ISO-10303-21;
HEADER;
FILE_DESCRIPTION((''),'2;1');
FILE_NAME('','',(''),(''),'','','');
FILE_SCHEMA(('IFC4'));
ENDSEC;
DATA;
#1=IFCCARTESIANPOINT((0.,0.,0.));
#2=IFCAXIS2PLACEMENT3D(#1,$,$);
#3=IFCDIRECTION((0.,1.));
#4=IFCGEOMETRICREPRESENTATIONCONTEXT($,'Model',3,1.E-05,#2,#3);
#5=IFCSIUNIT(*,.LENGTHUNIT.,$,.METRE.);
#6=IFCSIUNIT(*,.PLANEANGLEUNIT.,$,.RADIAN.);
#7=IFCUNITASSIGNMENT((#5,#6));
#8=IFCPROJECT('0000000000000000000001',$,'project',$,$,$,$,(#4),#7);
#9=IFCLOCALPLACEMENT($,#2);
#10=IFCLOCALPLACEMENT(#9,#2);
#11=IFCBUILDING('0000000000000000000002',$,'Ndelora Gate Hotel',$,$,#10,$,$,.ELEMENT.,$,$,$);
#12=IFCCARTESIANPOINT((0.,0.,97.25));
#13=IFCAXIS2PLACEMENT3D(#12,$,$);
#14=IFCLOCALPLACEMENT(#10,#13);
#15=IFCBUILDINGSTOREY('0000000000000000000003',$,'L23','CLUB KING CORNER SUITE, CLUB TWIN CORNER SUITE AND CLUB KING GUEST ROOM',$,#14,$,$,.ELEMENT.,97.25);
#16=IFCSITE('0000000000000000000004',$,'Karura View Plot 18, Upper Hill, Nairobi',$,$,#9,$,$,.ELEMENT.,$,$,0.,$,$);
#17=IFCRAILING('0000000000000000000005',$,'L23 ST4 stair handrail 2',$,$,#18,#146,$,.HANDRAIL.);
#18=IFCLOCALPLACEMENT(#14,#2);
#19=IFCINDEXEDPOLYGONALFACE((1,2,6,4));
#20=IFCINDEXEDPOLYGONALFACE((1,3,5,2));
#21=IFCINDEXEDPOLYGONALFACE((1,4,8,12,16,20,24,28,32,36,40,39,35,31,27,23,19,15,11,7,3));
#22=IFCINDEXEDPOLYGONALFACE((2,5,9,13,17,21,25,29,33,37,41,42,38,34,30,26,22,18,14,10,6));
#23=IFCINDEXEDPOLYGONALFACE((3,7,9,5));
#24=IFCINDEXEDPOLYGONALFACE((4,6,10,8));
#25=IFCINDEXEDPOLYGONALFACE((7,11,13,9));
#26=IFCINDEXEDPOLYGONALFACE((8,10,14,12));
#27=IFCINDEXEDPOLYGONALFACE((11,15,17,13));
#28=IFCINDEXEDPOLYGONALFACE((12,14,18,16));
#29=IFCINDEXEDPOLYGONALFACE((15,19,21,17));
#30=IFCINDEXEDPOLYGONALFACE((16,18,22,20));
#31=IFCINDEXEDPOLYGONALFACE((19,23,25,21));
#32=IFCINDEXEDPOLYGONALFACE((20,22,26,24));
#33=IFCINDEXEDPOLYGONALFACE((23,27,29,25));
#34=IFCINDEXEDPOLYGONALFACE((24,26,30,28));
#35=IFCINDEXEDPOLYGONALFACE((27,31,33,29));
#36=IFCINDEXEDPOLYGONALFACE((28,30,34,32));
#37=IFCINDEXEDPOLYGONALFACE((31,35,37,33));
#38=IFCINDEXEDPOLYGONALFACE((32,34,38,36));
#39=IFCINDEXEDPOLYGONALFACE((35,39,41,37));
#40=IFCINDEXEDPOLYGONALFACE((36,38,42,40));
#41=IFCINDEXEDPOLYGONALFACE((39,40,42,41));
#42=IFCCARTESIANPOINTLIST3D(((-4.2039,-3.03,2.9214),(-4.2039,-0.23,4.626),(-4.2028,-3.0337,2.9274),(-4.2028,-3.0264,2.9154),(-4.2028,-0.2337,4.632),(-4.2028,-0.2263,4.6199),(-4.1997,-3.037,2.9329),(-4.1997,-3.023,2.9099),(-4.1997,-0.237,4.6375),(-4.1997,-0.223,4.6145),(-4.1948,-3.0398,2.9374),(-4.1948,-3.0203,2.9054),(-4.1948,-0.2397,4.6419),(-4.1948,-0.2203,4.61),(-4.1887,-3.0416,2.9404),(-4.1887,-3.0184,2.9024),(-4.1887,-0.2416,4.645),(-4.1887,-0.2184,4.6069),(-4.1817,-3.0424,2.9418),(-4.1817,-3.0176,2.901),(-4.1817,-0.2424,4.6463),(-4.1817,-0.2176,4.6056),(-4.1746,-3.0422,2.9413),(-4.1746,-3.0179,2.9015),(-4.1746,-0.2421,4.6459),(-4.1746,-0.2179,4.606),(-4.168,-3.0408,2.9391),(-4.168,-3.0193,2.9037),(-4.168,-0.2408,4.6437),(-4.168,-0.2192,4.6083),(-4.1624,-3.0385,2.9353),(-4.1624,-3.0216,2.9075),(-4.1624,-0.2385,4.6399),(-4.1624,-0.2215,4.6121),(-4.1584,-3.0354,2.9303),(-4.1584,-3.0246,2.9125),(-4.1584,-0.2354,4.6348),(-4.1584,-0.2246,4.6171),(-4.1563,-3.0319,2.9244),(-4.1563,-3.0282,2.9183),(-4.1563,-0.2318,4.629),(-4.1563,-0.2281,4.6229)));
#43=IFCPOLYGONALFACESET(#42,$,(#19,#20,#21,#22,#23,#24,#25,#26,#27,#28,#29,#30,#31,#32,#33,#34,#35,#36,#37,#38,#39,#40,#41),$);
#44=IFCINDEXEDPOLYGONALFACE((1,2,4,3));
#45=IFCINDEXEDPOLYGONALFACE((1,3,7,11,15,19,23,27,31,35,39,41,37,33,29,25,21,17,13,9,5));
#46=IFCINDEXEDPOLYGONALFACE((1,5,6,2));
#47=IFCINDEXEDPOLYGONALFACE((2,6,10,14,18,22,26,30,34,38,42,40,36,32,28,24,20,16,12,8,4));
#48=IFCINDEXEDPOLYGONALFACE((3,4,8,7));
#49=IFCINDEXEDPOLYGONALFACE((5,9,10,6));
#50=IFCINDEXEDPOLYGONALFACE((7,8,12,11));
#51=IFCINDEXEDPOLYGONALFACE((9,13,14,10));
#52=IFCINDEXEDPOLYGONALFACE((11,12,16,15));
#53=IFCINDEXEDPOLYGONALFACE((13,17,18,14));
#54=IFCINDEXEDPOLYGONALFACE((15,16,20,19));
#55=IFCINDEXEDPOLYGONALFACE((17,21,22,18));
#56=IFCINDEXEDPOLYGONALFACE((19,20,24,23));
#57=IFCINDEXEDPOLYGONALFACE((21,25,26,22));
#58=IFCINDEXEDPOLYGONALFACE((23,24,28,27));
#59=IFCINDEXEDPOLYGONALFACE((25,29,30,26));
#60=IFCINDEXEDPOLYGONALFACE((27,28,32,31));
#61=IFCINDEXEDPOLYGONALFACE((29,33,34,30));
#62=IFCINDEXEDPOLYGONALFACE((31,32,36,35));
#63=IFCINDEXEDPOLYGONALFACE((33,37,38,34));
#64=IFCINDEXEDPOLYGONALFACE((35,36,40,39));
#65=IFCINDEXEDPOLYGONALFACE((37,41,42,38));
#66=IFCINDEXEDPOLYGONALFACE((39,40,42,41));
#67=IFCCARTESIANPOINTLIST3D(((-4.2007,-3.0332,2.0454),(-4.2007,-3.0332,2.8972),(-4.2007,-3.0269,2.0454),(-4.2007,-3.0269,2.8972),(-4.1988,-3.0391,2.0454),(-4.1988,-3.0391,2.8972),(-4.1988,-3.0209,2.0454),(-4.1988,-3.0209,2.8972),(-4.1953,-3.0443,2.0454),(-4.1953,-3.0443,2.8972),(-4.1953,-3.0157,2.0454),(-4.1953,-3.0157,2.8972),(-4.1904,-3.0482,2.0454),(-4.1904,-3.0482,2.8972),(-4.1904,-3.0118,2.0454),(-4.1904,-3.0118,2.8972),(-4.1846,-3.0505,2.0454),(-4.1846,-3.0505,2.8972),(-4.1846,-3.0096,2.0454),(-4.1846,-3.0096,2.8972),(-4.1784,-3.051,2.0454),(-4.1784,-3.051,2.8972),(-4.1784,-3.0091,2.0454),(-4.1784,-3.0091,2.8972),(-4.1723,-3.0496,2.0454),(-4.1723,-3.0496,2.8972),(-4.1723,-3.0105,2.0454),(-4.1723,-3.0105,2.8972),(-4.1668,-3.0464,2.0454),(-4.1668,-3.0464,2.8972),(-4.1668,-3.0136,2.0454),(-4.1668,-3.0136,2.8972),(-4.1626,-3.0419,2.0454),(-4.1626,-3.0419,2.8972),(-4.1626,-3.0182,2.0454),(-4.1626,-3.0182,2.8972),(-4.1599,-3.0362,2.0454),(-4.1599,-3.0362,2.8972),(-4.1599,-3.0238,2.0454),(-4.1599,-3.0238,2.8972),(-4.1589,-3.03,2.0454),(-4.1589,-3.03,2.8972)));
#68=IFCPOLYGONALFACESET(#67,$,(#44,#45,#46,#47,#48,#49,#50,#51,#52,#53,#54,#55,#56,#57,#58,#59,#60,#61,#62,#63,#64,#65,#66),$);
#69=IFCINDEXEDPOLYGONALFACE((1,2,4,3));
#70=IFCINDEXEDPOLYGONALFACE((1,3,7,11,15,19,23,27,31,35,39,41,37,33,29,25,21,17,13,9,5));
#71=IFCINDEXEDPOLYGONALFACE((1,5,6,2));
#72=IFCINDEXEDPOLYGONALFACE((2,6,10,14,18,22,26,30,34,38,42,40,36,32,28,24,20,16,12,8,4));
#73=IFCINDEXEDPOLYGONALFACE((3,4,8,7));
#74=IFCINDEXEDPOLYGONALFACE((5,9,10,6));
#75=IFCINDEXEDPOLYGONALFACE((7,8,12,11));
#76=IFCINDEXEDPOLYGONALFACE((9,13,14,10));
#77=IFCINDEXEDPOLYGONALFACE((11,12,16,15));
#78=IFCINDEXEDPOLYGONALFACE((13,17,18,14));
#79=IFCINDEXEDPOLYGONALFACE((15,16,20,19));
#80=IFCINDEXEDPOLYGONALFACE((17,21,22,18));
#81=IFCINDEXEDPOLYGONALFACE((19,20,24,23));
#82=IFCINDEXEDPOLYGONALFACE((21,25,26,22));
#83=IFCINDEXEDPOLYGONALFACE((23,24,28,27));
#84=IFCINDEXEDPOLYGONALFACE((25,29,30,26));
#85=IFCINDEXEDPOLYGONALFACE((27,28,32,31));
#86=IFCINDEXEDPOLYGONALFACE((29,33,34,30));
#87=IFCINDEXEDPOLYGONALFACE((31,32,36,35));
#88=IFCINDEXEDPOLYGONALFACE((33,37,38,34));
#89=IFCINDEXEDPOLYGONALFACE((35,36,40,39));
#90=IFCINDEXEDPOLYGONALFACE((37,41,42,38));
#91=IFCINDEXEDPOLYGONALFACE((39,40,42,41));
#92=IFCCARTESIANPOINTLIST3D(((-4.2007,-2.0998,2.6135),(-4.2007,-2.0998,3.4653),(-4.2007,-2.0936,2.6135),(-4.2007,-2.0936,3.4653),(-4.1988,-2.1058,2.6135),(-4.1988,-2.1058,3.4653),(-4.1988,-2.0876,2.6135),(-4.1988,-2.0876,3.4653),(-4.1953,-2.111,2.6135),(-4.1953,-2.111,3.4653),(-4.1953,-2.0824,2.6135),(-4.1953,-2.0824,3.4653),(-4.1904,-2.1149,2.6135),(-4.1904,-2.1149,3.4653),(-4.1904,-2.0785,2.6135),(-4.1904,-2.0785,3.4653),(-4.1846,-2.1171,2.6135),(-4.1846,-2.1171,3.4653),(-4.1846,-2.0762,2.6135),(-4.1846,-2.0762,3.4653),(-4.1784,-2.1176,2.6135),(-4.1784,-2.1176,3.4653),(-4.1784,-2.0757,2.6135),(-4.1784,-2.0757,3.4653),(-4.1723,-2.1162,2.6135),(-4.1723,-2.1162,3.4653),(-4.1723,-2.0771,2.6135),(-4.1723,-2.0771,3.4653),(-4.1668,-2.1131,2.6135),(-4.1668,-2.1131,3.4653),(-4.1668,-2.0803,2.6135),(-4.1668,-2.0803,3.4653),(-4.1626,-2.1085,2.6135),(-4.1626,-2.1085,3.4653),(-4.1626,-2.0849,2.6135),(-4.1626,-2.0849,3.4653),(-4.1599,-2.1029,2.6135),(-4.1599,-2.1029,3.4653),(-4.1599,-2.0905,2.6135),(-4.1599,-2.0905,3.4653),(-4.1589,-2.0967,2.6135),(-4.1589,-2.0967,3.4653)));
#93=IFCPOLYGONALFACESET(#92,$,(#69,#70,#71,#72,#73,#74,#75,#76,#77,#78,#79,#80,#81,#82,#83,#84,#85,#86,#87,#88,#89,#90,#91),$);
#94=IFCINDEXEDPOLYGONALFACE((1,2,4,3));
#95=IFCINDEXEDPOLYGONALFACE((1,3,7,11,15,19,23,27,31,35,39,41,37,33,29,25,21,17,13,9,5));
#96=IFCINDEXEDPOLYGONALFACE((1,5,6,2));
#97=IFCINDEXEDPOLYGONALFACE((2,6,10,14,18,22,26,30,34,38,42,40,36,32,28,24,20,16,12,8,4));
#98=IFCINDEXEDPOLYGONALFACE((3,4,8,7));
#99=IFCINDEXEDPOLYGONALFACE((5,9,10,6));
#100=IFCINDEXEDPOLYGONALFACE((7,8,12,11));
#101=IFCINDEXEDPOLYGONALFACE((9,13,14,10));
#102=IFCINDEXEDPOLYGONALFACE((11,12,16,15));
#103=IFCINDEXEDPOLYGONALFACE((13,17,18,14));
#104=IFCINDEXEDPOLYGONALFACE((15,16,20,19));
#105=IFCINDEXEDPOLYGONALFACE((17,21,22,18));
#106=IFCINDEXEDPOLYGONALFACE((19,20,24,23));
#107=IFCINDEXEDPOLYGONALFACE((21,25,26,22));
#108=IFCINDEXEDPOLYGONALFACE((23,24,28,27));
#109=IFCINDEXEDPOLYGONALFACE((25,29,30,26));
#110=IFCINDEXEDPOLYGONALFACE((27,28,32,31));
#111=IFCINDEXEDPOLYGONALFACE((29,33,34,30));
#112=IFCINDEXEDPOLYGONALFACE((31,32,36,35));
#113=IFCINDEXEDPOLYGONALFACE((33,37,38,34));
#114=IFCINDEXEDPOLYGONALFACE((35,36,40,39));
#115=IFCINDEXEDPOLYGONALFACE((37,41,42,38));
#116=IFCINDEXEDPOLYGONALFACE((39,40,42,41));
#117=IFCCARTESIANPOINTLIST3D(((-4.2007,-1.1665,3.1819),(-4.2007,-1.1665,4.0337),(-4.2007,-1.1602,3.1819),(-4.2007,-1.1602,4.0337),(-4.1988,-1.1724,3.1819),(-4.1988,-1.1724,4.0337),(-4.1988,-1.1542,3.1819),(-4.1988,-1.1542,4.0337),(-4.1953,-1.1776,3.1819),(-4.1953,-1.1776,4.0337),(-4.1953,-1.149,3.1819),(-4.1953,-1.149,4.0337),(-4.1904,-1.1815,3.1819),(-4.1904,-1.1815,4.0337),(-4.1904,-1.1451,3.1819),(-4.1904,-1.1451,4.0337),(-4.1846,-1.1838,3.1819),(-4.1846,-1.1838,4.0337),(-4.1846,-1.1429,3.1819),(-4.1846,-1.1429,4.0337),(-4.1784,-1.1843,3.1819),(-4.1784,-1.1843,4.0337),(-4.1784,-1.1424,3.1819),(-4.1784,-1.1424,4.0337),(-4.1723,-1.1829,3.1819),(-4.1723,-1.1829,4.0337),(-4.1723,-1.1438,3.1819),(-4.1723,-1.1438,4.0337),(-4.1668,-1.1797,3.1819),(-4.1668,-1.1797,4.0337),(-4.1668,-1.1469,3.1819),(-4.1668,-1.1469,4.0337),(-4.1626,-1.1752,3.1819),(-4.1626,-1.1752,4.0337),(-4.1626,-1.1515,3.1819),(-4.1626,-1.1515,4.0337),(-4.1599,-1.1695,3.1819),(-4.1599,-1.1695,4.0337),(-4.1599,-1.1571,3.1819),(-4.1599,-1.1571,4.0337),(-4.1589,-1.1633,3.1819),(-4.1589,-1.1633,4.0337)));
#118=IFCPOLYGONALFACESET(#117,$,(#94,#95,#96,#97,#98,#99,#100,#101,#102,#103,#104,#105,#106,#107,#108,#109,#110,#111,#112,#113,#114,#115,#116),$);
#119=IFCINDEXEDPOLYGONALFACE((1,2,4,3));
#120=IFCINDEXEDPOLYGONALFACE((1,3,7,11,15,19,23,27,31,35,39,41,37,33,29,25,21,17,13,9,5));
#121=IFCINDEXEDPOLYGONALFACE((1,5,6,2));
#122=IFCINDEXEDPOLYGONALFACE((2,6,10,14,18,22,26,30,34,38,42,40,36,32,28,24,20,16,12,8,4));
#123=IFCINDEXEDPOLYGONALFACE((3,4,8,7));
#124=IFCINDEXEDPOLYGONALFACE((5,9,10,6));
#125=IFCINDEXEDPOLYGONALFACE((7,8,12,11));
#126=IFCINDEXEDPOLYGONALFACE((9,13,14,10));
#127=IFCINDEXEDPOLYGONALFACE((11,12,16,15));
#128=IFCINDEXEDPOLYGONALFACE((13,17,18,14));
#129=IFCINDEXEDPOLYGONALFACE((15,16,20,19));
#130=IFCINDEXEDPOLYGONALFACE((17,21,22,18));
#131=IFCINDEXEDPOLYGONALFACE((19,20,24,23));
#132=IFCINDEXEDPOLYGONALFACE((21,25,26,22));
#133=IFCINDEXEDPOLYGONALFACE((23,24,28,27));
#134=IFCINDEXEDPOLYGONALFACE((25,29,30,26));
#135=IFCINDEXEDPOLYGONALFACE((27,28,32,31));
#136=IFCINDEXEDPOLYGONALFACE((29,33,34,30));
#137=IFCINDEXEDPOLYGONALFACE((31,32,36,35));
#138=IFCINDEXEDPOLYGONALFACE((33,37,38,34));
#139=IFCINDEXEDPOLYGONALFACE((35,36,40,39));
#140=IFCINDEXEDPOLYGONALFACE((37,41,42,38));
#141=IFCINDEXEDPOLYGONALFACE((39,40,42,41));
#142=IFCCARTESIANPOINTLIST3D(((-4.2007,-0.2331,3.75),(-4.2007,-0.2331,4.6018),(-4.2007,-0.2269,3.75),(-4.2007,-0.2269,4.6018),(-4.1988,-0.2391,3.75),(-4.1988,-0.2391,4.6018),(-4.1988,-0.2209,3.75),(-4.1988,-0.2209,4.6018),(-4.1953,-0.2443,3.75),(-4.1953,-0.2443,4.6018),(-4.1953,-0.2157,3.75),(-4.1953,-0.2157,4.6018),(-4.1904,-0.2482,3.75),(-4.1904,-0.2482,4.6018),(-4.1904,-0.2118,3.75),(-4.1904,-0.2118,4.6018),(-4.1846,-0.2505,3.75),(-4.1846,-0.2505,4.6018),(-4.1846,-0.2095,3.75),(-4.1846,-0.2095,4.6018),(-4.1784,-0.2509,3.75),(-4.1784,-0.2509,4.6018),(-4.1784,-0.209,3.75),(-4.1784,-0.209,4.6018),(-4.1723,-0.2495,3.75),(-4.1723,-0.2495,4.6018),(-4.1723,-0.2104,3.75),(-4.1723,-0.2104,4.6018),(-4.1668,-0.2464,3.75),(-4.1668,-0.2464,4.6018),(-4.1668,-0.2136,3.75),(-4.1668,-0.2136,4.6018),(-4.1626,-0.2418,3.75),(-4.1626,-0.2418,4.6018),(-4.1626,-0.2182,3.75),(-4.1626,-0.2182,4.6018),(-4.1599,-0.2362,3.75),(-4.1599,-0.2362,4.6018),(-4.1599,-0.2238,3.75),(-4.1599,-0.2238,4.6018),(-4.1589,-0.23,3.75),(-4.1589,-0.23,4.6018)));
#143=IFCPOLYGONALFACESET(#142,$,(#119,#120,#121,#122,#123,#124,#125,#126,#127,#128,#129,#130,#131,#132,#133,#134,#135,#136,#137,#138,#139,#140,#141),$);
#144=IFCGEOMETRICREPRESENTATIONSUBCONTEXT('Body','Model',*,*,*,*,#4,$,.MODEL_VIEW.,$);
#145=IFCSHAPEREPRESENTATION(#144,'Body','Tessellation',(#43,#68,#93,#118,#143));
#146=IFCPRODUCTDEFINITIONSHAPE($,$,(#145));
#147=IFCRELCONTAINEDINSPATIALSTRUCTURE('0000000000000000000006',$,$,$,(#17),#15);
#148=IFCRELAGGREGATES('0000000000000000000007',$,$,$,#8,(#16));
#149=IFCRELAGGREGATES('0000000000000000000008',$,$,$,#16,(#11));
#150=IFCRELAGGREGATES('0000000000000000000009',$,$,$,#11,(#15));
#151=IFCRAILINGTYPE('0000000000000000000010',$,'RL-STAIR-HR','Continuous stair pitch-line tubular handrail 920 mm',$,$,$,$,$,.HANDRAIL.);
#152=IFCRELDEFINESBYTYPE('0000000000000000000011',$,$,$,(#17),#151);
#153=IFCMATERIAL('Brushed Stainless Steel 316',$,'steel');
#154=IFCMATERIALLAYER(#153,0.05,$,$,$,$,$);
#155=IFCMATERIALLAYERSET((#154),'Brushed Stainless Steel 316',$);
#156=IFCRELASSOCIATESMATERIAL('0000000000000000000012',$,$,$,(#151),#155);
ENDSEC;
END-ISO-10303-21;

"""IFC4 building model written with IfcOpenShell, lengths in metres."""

from ifc_helpers import new_model, si_unit, direction, frame, origin, origin_2d, place, context, subcontext, project, spatial, circle, extrude, material, layer, layer_set, type_object, element, save


model = new_model("IFC4")

# Units and contexts
model_context = context("Model", 3, precision=1e-05, world=origin(), true_north=direction((0.0, 1.0)))
body_context = subcontext(model_context, "Body", "Model", "MODEL_VIEW")
ifc_project = project(units=[si_unit("LENGTHUNIT", "METRE"), si_unit("PLANEANGLEUNIT", "RADIAN")], contexts=[model_context])

# Site, building, storey
site_placement = place(None, origin())
site = spatial("IfcSite", under=ifc_project, at=site_placement, Name="Karura View Plot 18, Upper Hill, Nairobi", CompositionType="ELEMENT", RefElevation=0.0)
building_placement = place(site_placement, origin())
building = spatial("IfcBuilding", under=site, at=building_placement, Name="Ndelora Gate Hotel", CompositionType="ELEMENT")
storey_placement = place(building_placement, frame((0.0, 0.0, 97.25)))
storey = spatial("IfcBuildingStorey", under=building, at=storey_placement, Name="L23", Description="CLUB KING CORNER SUITE, CLUB TWIN CORNER SUITE AND CLUB KING GUEST ROOM", CompositionType="ELEMENT", Elevation=97.25)

# Railing
ifc_material_1 = material(Name="Brushed Stainless Steel 316", Category="steel")
ifc_layer_1 = layer(ifc_material_1, 0.05)
ifc_layer_set_1 = layer_set([ifc_layer_1], Name="Brushed Stainless Steel 316")
railing_type_1 = type_object("IfcRailingType", Name="RL-STAIR-HR", Description="Continuous stair pitch-line tubular handrail 920 mm", PredefinedType="HANDRAIL", material=ifc_layer_set_1)
railing_1_placement = place(storey_placement, frame((-4.1799, -3.03, 2.0454)))
element("IfcRailing", 1, at=railing_1_placement, inside=storey, type_object=railing_type_1, Name="L23 ST4 stair handrail 2", PredefinedType="HANDRAIL", context=body_context, shape_type="SweptSolid", body=[
    extrude(circle(Radius=0.0239, at=origin_2d()), frame((0.0, 0.0, 0.876), z_axis=(0.0, 0.85417, 0.519994), x_axis=(-1.0, 0.0, 0.0)), (0.0, 0.0, 1.0), 3.2781),
    extrude(circle(Radius=0.021, at=origin_2d()), origin(), (0.0, 0.0, 1.0), 0.8518),
    extrude(circle(Radius=0.021, at=origin_2d()), frame((0.0, 0.9333, 0.5681)), (0.0, 0.0, 1.0), 0.8518),
    extrude(circle(Radius=0.021, at=origin_2d()), frame((0.0, 1.8667, 1.1365)), (0.0, 0.0, 1.0), 0.8518),
    extrude(circle(Radius=0.021, at=origin_2d()), frame((0.0, 2.8, 1.7046)), (0.0, 0.0, 1.0), 0.8518),
])

save(model, "model.ifc")
